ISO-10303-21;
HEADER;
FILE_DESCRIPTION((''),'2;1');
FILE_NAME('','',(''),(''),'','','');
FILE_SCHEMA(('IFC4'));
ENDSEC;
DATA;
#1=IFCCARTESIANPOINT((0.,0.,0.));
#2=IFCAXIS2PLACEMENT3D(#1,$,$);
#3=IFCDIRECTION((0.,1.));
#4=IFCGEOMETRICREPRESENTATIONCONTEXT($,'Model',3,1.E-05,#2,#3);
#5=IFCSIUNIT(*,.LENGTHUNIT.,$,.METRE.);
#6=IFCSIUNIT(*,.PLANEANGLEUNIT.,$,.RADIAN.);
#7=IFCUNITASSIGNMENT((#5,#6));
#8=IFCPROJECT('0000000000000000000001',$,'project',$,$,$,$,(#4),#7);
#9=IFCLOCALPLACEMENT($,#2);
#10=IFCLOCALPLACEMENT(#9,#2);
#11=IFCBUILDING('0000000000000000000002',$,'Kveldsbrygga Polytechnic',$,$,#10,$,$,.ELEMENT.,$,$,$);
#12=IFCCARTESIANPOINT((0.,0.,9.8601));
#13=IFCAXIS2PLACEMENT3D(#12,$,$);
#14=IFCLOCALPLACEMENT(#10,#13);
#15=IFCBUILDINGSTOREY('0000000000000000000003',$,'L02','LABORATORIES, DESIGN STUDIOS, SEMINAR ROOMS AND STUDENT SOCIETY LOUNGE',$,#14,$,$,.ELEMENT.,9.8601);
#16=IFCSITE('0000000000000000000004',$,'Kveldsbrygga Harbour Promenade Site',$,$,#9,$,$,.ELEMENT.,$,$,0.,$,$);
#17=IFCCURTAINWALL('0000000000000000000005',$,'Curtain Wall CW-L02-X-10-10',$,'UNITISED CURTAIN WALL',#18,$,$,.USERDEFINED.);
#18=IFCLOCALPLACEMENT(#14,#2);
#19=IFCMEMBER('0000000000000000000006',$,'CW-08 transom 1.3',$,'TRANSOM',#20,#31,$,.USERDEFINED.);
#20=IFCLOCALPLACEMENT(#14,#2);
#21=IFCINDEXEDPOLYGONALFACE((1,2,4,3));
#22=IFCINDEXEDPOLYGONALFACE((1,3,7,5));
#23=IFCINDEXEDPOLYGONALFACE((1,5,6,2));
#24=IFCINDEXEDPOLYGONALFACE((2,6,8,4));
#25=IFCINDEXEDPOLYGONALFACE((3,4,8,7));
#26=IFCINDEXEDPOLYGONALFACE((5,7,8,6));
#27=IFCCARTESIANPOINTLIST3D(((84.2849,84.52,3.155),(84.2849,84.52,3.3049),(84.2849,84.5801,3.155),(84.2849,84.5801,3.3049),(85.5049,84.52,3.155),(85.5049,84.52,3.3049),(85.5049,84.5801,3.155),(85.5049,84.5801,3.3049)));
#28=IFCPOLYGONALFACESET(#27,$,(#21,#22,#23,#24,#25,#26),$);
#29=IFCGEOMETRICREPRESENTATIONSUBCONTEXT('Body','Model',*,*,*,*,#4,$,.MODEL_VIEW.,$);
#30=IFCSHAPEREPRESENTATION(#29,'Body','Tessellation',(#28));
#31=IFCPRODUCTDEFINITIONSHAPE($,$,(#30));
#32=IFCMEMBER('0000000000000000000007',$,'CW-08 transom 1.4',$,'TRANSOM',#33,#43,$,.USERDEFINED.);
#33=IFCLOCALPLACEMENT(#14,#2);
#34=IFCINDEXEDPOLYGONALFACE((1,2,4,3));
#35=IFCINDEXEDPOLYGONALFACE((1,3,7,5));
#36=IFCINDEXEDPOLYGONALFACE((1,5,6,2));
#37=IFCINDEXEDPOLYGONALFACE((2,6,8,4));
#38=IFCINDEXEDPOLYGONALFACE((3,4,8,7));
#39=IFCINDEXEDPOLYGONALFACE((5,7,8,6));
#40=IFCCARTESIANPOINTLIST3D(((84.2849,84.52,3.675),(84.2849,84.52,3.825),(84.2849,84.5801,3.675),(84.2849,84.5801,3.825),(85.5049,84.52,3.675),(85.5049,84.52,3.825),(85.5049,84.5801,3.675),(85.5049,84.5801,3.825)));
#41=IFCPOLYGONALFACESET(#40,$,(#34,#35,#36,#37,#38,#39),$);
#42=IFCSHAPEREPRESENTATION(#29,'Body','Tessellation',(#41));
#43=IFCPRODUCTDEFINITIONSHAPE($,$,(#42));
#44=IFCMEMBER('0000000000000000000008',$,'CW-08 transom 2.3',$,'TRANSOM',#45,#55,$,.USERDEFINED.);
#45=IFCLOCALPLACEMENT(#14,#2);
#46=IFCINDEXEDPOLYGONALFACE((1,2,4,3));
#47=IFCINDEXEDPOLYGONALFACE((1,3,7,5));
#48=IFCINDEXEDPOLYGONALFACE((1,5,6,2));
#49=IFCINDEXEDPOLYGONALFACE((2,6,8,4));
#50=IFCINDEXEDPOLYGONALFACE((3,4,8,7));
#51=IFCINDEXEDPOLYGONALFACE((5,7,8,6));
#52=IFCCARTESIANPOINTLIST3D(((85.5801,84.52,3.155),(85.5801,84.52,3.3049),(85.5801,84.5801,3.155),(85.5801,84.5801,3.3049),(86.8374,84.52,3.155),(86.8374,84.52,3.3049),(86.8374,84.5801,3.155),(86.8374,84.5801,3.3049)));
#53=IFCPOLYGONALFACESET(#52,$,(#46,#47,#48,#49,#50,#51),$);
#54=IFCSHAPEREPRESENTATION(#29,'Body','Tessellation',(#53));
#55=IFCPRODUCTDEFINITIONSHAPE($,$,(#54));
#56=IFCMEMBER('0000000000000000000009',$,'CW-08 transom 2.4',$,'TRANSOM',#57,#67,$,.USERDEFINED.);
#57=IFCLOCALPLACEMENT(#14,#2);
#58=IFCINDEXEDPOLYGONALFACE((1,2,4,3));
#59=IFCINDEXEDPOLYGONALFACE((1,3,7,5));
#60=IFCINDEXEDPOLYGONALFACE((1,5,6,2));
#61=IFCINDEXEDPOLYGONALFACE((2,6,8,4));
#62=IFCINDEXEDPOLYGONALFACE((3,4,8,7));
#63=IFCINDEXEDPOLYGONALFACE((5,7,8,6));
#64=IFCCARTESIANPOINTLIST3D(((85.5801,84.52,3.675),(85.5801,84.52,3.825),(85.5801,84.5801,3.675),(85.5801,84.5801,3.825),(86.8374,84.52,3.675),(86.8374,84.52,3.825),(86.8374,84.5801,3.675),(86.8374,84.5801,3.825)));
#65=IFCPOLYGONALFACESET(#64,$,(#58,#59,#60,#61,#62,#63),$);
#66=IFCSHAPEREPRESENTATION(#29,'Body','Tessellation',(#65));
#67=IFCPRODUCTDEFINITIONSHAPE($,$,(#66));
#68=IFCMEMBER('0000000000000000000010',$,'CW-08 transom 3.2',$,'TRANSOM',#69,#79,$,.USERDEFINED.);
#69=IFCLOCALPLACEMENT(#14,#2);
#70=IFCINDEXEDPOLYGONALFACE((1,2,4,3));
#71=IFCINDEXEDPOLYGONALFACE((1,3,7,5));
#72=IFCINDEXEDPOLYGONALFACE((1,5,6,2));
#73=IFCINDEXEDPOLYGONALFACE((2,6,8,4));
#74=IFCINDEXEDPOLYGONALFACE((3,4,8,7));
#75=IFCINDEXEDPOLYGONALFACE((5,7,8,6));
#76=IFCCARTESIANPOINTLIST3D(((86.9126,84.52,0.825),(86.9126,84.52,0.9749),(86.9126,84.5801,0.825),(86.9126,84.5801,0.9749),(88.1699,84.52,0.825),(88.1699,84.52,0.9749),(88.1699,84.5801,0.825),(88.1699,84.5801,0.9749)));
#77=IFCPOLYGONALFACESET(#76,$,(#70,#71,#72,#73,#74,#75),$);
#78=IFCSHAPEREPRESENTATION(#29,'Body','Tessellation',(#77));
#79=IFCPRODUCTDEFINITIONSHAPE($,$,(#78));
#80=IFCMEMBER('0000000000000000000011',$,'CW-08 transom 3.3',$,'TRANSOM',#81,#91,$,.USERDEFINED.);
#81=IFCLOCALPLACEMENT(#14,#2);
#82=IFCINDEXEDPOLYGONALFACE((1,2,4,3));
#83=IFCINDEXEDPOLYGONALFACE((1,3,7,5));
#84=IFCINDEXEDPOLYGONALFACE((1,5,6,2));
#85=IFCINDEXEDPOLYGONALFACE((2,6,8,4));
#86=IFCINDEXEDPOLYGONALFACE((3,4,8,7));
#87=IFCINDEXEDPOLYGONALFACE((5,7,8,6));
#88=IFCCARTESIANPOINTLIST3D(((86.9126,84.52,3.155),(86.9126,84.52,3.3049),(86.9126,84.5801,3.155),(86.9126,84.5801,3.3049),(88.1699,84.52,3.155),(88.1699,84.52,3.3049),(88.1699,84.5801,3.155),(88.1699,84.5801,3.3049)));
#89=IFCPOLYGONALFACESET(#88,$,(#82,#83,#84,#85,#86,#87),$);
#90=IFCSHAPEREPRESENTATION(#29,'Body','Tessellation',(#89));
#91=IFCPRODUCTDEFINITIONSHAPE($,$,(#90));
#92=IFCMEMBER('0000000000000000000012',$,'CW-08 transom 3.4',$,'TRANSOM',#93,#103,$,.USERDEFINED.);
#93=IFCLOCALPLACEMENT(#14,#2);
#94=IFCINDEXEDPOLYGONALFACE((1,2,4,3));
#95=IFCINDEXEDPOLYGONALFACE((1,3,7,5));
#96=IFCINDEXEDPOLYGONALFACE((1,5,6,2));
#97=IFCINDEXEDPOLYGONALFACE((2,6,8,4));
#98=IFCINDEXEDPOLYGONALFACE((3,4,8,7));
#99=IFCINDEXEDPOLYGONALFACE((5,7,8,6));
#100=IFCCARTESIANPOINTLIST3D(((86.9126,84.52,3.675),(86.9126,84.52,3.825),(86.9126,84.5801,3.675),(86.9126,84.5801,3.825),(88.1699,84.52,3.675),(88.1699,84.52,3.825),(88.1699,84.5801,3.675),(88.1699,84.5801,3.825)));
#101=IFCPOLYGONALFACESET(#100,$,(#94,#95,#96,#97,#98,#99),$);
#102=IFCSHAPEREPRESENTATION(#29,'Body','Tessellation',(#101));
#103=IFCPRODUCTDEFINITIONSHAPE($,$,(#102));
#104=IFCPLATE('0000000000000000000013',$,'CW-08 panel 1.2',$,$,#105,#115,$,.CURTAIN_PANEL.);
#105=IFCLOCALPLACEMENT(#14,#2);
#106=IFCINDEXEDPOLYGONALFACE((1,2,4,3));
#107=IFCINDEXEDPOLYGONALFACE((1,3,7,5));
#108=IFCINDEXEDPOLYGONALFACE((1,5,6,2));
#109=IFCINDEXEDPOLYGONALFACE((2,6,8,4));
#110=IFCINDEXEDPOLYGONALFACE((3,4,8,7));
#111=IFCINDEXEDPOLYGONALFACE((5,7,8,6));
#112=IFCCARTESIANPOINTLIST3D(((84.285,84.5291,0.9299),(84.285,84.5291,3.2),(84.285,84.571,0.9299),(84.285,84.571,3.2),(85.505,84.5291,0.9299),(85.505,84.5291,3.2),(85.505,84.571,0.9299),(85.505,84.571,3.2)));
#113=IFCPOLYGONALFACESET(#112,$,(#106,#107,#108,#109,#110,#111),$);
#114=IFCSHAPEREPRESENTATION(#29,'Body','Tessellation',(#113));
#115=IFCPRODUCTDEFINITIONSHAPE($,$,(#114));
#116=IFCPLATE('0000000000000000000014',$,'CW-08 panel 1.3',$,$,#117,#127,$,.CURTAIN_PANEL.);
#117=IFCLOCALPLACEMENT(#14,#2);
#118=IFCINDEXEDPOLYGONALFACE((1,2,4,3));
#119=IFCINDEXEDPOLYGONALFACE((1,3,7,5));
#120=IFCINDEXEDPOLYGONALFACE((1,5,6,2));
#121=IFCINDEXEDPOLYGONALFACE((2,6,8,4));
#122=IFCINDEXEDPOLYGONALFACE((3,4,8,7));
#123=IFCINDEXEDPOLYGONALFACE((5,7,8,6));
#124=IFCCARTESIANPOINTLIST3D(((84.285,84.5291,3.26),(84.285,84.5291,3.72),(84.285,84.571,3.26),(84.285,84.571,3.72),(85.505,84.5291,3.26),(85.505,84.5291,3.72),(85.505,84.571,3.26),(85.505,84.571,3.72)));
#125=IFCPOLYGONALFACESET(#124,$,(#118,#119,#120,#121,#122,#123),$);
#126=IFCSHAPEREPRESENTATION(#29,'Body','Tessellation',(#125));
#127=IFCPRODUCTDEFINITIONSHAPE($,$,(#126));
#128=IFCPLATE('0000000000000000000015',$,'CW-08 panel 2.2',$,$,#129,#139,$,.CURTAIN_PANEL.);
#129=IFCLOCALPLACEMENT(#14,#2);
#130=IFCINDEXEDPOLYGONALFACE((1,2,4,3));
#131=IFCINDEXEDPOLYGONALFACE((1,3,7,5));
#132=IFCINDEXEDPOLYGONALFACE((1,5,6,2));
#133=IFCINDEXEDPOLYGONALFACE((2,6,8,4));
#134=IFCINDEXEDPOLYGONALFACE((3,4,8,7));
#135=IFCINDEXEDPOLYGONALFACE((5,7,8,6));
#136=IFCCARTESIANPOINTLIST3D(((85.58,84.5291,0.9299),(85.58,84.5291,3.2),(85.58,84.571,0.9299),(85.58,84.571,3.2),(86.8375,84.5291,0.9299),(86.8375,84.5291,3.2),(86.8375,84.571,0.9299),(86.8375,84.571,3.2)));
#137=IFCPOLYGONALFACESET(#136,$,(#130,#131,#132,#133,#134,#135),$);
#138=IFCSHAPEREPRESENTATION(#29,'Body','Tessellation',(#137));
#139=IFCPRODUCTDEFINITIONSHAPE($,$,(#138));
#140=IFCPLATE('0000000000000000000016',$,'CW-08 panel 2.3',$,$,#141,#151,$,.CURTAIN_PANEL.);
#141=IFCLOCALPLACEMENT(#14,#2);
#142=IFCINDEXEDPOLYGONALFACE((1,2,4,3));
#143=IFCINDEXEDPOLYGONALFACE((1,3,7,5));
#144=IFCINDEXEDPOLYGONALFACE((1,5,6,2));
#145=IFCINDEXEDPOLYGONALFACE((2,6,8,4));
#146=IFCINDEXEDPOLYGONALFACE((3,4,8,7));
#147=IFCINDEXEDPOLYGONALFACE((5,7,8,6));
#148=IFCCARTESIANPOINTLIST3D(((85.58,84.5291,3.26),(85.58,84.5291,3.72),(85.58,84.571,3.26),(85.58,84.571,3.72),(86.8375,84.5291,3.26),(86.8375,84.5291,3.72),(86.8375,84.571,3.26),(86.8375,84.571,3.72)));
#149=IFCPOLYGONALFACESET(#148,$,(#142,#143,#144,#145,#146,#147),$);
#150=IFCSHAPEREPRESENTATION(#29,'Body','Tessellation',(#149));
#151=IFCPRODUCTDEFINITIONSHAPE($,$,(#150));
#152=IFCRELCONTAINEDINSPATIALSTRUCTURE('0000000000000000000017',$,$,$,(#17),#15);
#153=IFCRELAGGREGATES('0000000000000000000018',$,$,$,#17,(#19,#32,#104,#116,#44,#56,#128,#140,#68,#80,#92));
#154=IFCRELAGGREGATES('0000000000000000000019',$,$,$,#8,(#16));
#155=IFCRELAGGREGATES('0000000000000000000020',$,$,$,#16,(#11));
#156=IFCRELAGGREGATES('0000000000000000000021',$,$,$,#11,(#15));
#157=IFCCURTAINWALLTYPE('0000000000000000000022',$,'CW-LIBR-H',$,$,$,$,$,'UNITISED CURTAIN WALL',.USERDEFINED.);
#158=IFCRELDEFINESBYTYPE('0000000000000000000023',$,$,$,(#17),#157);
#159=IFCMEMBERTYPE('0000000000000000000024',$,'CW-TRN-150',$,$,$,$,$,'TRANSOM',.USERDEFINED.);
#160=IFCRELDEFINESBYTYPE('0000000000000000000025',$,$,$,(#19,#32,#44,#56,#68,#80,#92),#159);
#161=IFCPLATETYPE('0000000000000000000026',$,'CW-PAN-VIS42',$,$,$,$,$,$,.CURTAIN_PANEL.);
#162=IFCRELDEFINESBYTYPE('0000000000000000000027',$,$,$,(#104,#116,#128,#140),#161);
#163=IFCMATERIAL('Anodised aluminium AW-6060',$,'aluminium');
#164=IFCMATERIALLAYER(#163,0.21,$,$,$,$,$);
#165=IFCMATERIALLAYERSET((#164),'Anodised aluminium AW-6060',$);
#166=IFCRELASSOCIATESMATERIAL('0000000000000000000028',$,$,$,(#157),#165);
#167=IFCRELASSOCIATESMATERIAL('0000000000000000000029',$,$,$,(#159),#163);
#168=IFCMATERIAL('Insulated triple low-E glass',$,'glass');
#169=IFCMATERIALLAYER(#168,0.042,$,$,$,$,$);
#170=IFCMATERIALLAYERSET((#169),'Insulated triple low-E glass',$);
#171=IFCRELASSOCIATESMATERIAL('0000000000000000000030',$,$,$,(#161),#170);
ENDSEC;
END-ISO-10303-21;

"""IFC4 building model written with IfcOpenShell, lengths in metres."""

from ifc_helpers import new_model, si_unit, direction, frame, origin, origin_2d, place, context, subcontext, project, spatial, rectangle, extrude, material, layer, layer_set, material_profile, profile_set, type_object, element, aggregate, save


model = new_model("IFC4")

# Units and contexts
model_context = context("Model", 3, precision=1e-05, world=origin(), true_north=direction((0.0, 1.0)))
body_context = subcontext(model_context, "Body", "Model", "MODEL_VIEW")
ifc_project = project(units=[si_unit("LENGTHUNIT", "METRE"), si_unit("PLANEANGLEUNIT", "RADIAN")], contexts=[model_context])

# Site, building, storey
site_placement = place(None, origin())
site = spatial("IfcSite", under=ifc_project, at=site_placement, Name="Kveldsbrygga Harbour Promenade Site", CompositionType="ELEMENT", RefElevation=0.0)
building_placement = place(site_placement, origin())
building = spatial("IfcBuilding", under=site, at=building_placement, Name="Kveldsbrygga Polytechnic", CompositionType="ELEMENT")
storey_placement = place(building_placement, frame((0.0, 0.0, 9.8601)))
storey = spatial("IfcBuildingStorey", under=building, at=storey_placement, Name="L02", Description="LABORATORIES, DESIGN STUDIOS, SEMINAR ROOMS AND STUDENT SOCIETY LOUNGE", CompositionType="ELEMENT", Elevation=9.8601)

# Curtain wall, members, plates
ifc_material_1 = material(Name="Anodised aluminium AW-6060", Category="aluminium")
ifc_layer_1 = layer(ifc_material_1, 0.21)
ifc_layer_set_1 = layer_set([ifc_layer_1], Name="Anodised aluminium AW-6060")
curtain_wall_type = type_object("IfcCurtainWallType", Name="CW-LIBR-H", ElementType="UNITISED CURTAIN WALL", PredefinedType="USERDEFINED", material=ifc_layer_set_1)
curtain_wall_placement = place(storey_placement, origin())
curtain_wall = element("IfcCurtainWall", 1, at=curtain_wall_placement, inside=storey, type_object=curtain_wall_type, Name="Curtain Wall CW-L02-X-10-10", ObjectType="UNITISED CURTAIN WALL", PredefinedType="USERDEFINED")
ifc_material_profile = material_profile(ifc_material_1, rectangle(XDim=0.0601, YDim=0.1499, at=origin_2d()), Name="ALU 60x150")
ifc_profile_set = profile_set([ifc_material_profile], Name="Anodised aluminium AW-6060")
member_type = type_object("IfcMemberType", Name="CW-TRN-150", ElementType="TRANSOM", PredefinedType="USERDEFINED", material=ifc_profile_set)
member_1_placement = place(storey_placement, frame((84.2849, 84.55, 3.23), z_axis=(1.0, 0.0, 0.0), x_axis=(0.0, 1.0, 0.0)))
member_1 = element("IfcMember", 2, at=member_1_placement, type_object=member_type, Name="CW-08 transom 1.3", ObjectType="TRANSOM", PredefinedType="USERDEFINED", context=body_context, shape_type="SweptSolid", body=[
    extrude(rectangle(XDim=0.0601, YDim=0.1499, at=origin_2d()), origin(), (0.0, 0.0, 1.0), 1.22),
])
member_2_placement = place(storey_placement, frame((84.2849, 84.55, 3.75), z_axis=(1.0, 0.0, 0.0), x_axis=(0.0, 1.0, 0.0)))
member_2 = element("IfcMember", 3, at=member_2_placement, type_object=member_type, Name="CW-08 transom 1.4", ObjectType="TRANSOM", PredefinedType="USERDEFINED", context=body_context, shape_type="SweptSolid", body=[
    extrude(rectangle(XDim=0.0601, YDim=0.1499, at=origin_2d()), origin(), (0.0, 0.0, 1.0), 1.22),
])
member_3_placement = place(storey_placement, frame((85.5801, 84.55, 3.23), z_axis=(1.0, 0.0, 0.0), x_axis=(0.0, 1.0, 0.0)))
member_3 = element("IfcMember", 4, at=member_3_placement, type_object=member_type, Name="CW-08 transom 2.3", ObjectType="TRANSOM", PredefinedType="USERDEFINED", context=body_context, shape_type="SweptSolid", body=[
    extrude(rectangle(XDim=0.0601, YDim=0.1499, at=origin_2d()), origin(), (0.0, 0.0, 1.0), 1.2573),
])
member_4_placement = place(storey_placement, frame((85.5801, 84.55, 3.75), z_axis=(1.0, 0.0, 0.0), x_axis=(0.0, 1.0, 0.0)))
member_4 = element("IfcMember", 5, at=member_4_placement, type_object=member_type, Name="CW-08 transom 2.4", ObjectType="TRANSOM", PredefinedType="USERDEFINED", context=body_context, shape_type="SweptSolid", body=[
    extrude(rectangle(XDim=0.0601, YDim=0.1499, at=origin_2d()), origin(), (0.0, 0.0, 1.0), 1.2573),
])
member_5_placement = place(storey_placement, frame((86.9126, 84.55, 0.8999), z_axis=(1.0, 0.0, 0.0), x_axis=(0.0, 1.0, 0.0)))
member_5 = element("IfcMember", 6, at=member_5_placement, type_object=member_type, Name="CW-08 transom 3.2", ObjectType="TRANSOM", PredefinedType="USERDEFINED", context=body_context, shape_type="SweptSolid", body=[
    extrude(rectangle(XDim=0.0601, YDim=0.1499, at=origin_2d()), origin(), (0.0, 0.0, 1.0), 1.2573),
])
member_6_placement = place(storey_placement, frame((86.9126, 84.55, 3.23), z_axis=(1.0, 0.0, 0.0), x_axis=(0.0, 1.0, 0.0)))
member_6 = element("IfcMember", 7, at=member_6_placement, type_object=member_type, Name="CW-08 transom 3.3", ObjectType="TRANSOM", PredefinedType="USERDEFINED", context=body_context, shape_type="SweptSolid", body=[
    extrude(rectangle(XDim=0.0601, YDim=0.1499, at=origin_2d()), origin(), (0.0, 0.0, 1.0), 1.2573),
])
member_7_placement = place(storey_placement, frame((86.9126, 84.55, 3.75), z_axis=(1.0, 0.0, 0.0), x_axis=(0.0, 1.0, 0.0)))
member_7 = element("IfcMember", 8, at=member_7_placement, type_object=member_type, Name="CW-08 transom 3.4", ObjectType="TRANSOM", PredefinedType="USERDEFINED", context=body_context, shape_type="SweptSolid", body=[
    extrude(rectangle(XDim=0.0601, YDim=0.1499, at=origin_2d()), origin(), (0.0, 0.0, 1.0), 1.2573),
])
ifc_material_2 = material(Name="Insulated triple low-E glass", Category="glass")
ifc_layer_2 = layer(ifc_material_2, 0.042)
ifc_layer_set_2 = layer_set([ifc_layer_2], Name="Insulated triple low-E glass")
plate_type = type_object("IfcPlateType", Name="CW-PAN-VIS42", PredefinedType="CURTAIN_PANEL", material=ifc_layer_set_2)
plate_1_placement = place(storey_placement, frame((84.895, 84.55, 0.9299), z_axis=(0.0, 0.0, 1.0), x_axis=(1.0, 0.0, 0.0)))
plate_1 = element("IfcPlate", 9, at=plate_1_placement, type_object=plate_type, Name="CW-08 panel 1.2", PredefinedType="CURTAIN_PANEL", context=body_context, shape_type="SweptSolid", body=[
    extrude(rectangle(XDim=1.22, YDim=0.042, at=origin_2d()), origin(), (0.0, 0.0, 1.0), 2.27),
])
plate_2_placement = place(storey_placement, frame((84.895, 84.55, 3.26), z_axis=(0.0, 0.0, 1.0), x_axis=(1.0, 0.0, 0.0)))
plate_2 = element("IfcPlate", 10, at=plate_2_placement, type_object=plate_type, Name="CW-08 panel 1.3", PredefinedType="CURTAIN_PANEL", context=body_context, shape_type="SweptSolid", body=[
    extrude(rectangle(XDim=1.22, YDim=0.042, at=origin_2d()), origin(), (0.0, 0.0, 1.0), 0.46),
])
plate_3_placement = place(storey_placement, frame((86.2087, 84.55, 0.9299), z_axis=(0.0, 0.0, 1.0), x_axis=(1.0, 0.0, 0.0)))
plate_3 = element("IfcPlate", 11, at=plate_3_placement, type_object=plate_type, Name="CW-08 panel 2.2", PredefinedType="CURTAIN_PANEL", context=body_context, shape_type="SweptSolid", body=[
    extrude(rectangle(XDim=1.2576, YDim=0.042, at=origin_2d()), origin(), (0.0, 0.0, 1.0), 2.27),
])
plate_4_placement = place(storey_placement, frame((86.2087, 84.55, 3.26), z_axis=(0.0, 0.0, 1.0), x_axis=(1.0, 0.0, 0.0)))
plate_4 = element("IfcPlate", 12, at=plate_4_placement, type_object=plate_type, Name="CW-08 panel 2.3", PredefinedType="CURTAIN_PANEL", context=body_context, shape_type="SweptSolid", body=[
    extrude(rectangle(XDim=1.2576, YDim=0.042, at=origin_2d()), origin(), (0.0, 0.0, 1.0), 0.46),
])
aggregate(curtain_wall, [member_1, member_2, plate_1, plate_2, member_3, member_4, plate_3, plate_4, member_5, member_6, member_7])

save(model, "model.ifc")
